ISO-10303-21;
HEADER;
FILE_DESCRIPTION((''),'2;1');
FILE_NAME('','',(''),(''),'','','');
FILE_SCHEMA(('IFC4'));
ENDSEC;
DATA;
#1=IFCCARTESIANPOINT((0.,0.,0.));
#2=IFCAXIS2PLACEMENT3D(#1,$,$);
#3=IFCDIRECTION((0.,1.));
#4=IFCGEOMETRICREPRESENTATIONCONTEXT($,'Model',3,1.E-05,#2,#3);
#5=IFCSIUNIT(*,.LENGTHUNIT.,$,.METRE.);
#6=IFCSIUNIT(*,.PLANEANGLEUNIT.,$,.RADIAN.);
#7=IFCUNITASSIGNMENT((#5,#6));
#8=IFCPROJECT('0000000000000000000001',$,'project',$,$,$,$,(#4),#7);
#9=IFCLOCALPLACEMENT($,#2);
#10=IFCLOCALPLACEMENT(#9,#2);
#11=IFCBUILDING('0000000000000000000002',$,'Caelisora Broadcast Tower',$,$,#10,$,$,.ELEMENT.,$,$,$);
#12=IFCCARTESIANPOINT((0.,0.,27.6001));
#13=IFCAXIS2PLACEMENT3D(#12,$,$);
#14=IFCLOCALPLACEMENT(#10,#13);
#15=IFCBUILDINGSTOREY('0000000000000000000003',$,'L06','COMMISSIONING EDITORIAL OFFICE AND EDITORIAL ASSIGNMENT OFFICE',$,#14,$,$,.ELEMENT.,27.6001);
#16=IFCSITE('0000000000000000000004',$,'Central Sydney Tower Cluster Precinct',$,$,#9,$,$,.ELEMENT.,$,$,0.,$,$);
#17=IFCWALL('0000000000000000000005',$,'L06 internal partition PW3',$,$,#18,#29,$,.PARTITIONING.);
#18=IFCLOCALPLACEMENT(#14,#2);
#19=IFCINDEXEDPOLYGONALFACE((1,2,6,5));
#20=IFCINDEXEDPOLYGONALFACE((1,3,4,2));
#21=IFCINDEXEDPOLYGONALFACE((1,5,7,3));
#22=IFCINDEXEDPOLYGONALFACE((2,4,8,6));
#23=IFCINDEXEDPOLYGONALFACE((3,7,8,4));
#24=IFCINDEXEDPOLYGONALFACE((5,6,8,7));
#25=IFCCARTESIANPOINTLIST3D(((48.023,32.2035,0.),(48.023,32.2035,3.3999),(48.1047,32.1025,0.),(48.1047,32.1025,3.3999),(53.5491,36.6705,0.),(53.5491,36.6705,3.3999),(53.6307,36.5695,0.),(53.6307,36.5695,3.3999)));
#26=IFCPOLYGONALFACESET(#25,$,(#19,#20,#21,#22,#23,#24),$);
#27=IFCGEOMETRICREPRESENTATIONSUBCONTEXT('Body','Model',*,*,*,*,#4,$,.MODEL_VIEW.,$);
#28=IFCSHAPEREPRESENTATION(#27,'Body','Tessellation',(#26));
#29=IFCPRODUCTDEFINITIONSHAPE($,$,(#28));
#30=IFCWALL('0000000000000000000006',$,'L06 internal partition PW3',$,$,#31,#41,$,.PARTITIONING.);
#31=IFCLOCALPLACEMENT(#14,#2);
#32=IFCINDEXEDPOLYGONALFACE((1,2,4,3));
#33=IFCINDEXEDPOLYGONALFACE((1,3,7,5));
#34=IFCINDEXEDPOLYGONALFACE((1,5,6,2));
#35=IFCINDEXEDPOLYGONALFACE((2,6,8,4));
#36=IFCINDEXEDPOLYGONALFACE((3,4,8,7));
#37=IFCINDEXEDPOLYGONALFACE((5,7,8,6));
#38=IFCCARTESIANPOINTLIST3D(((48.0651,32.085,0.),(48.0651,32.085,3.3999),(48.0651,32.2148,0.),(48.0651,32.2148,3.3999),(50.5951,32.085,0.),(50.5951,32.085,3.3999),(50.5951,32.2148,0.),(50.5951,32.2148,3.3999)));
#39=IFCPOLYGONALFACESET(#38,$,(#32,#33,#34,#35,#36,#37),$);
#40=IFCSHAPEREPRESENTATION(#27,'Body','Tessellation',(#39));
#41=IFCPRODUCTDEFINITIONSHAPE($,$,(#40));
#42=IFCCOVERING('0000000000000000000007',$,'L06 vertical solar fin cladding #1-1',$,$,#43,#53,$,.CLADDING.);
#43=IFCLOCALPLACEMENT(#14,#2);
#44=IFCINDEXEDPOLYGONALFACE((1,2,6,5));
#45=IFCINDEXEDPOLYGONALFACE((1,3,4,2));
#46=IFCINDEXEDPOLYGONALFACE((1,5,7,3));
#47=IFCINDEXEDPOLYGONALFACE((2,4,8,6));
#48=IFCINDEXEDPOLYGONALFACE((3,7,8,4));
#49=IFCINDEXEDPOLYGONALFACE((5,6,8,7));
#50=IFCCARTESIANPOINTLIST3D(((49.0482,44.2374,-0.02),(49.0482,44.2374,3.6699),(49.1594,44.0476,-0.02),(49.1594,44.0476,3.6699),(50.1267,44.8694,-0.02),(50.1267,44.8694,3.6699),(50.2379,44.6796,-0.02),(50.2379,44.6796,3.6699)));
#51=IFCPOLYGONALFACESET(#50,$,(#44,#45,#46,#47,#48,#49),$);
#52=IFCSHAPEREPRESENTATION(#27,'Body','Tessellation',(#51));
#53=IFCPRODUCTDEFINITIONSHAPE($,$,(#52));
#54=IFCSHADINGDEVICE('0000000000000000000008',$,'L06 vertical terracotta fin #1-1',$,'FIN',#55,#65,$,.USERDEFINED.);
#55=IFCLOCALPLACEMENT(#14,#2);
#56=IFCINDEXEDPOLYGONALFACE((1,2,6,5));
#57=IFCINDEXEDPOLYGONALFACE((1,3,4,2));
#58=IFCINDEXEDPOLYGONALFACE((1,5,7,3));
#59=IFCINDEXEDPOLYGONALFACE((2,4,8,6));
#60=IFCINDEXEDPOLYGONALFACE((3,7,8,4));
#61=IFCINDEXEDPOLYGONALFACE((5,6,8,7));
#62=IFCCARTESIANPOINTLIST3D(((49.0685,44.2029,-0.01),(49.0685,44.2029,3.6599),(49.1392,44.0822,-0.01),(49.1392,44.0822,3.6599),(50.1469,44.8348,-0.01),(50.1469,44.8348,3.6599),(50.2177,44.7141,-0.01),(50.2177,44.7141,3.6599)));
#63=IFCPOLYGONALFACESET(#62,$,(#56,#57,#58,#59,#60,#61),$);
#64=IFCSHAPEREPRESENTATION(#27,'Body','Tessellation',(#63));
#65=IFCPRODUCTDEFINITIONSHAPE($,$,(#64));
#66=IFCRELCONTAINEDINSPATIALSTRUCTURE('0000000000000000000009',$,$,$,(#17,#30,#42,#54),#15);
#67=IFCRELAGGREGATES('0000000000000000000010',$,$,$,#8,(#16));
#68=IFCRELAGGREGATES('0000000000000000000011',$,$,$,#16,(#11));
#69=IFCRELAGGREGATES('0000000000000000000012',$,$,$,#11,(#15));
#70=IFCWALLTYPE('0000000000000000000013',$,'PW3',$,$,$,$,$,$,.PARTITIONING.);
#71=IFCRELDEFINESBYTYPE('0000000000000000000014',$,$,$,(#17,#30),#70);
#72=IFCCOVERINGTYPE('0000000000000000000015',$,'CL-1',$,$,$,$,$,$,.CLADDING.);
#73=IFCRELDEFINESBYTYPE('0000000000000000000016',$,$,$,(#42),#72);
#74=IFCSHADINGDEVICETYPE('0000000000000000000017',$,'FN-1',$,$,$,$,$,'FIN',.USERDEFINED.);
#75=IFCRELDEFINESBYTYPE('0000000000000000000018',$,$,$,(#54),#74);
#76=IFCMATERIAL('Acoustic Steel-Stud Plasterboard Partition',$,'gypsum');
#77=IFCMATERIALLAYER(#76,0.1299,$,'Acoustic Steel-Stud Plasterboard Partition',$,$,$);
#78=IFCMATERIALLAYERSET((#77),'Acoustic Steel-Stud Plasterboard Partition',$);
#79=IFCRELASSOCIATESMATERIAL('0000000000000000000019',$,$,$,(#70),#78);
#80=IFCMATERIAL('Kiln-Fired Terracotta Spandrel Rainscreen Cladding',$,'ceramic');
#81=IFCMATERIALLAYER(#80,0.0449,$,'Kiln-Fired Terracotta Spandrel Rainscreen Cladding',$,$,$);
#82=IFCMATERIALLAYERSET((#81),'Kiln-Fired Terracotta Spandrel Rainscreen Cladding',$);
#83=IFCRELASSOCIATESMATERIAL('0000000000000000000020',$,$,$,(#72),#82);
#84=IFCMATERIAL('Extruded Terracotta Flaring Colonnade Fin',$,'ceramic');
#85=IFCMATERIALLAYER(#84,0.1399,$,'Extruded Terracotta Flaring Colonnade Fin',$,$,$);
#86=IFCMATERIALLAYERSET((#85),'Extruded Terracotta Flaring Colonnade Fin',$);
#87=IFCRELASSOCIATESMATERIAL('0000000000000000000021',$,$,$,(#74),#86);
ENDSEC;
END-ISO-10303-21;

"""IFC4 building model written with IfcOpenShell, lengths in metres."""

from ifc_helpers import new_model, si_unit, direction, frame, frame_2d, origin, origin_2d, place, context, subcontext, project, spatial, rectangle, extrude, source, transform, mapped, material, layer, layer_set, type_object, type_shapes, element, save


model = new_model("IFC4")

# Units and contexts
model_context = context("Model", 3, precision=1e-05, world=origin(), true_north=direction((0.0, 1.0)))
body_context = subcontext(model_context, "Body", "Model", "MODEL_VIEW")
ifc_project = project(units=[si_unit("LENGTHUNIT", "METRE"), si_unit("PLANEANGLEUNIT", "RADIAN")], contexts=[model_context])

# Site, building, storey
site_placement = place(None, origin())
site = spatial("IfcSite", under=ifc_project, at=site_placement, Name="Central Sydney Tower Cluster Precinct", CompositionType="ELEMENT", RefElevation=0.0)
building_placement = place(site_placement, origin())
building = spatial("IfcBuilding", under=site, at=building_placement, Name="Caelisora Broadcast Tower", CompositionType="ELEMENT")
storey_placement = place(building_placement, frame((0.0, 0.0, 27.6001)))
storey = spatial("IfcBuildingStorey", under=building, at=storey_placement, Name="L06", Description="COMMISSIONING EDITORIAL OFFICE AND EDITORIAL ASSIGNMENT OFFICE", CompositionType="ELEMENT", Elevation=27.6001)

# Walls
ifc_material_1 = material(Name="Acoustic Steel-Stud Plasterboard Partition", Category="gypsum")
ifc_layer_1 = layer(ifc_material_1, 0.1299, Name="Acoustic Steel-Stud Plasterboard Partition")
ifc_layer_set_1 = layer_set([ifc_layer_1], Name="Acoustic Steel-Stud Plasterboard Partition")
wall_type = type_object("IfcWallType", Name="PW3", PredefinedType="PARTITIONING", material=ifc_layer_set_1)
wall_1_placement = place(storey_placement, frame((48.064, 32.1531, 0.0), z_axis=(0.0, 0.0, 1.0), x_axis=(0.777691, 0.628647, 0.0)))
element("IfcWall", 1, at=wall_1_placement, inside=storey, type_object=wall_type, Name="L06 internal partition PW3", PredefinedType="PARTITIONING", context=body_context, shape_type="SweptSolid", body=[
    extrude(rectangle(XDim=7.1057, YDim=0.1299, at=frame_2d((3.5527, 0.0))), origin(), (0.0, 0.0, 1.0), 3.3999),
])
wall_2_placement = place(storey_placement, frame((48.0649, 32.1499, 0.0), z_axis=(0.0, 0.0, 1.0), x_axis=(1.0, 0.0, 0.0)))
element("IfcWall", 2, at=wall_2_placement, inside=storey, type_object=wall_type, Name="L06 internal partition PW3", PredefinedType="PARTITIONING", context=body_context, shape_type="SweptSolid", body=[
    extrude(rectangle(XDim=2.53, YDim=0.1299, at=frame_2d((1.2651, 0.0))), origin(), (0.0, 0.0, 1.0), 3.3999),
])

# Covering
ifc_material_2 = material(Name="Kiln-Fired Terracotta Spandrel Rainscreen Cladding", Category="ceramic")
ifc_layer_2 = layer(ifc_material_2, 0.0449, Name="Kiln-Fired Terracotta Spandrel Rainscreen Cladding")
ifc_layer_set_2 = layer_set([ifc_layer_2], Name="Kiln-Fired Terracotta Spandrel Rainscreen Cladding")
covering_type = type_object("IfcCoveringType", Name="CL-1", PredefinedType="CLADDING", material=ifc_layer_set_2)
shared_shape_1 = source(origin(), body_context, "Body", "SweptSolid", [
    extrude(rectangle(XDim=0.22, YDim=1.25, at=origin_2d()), origin(), (0.0, 0.0, 1.0), 3.6899),
])
type_shapes(covering_type, [shared_shape_1])
covering_placement = place(storey_placement, frame((49.6431, 44.4585, -0.02), z_axis=(0.0, 0.0, 1.0), x_axis=(0.505582, -0.862779, 0.0)))
element("IfcCovering", 3, at=covering_placement, inside=storey, type_object=covering_type, Name="L06 vertical solar fin cladding #1-1", PredefinedType="CLADDING", context=body_context, shape_type="MappedRepresentation", body=[
    mapped(shared_shape_1, transform((0.0, 0.0, 0.0), scale=1.0)),
])

# Shading device
ifc_material_3 = material(Name="Extruded Terracotta Flaring Colonnade Fin", Category="ceramic")
ifc_layer_3 = layer(ifc_material_3, 0.1399, Name="Extruded Terracotta Flaring Colonnade Fin")
ifc_layer_set_3 = layer_set([ifc_layer_3], Name="Extruded Terracotta Flaring Colonnade Fin")
shading_device_type = type_object("IfcShadingDeviceType", Name="FN-1", ElementType="FIN", PredefinedType="USERDEFINED", material=ifc_layer_set_3)
shared_shape_2 = source(origin(), body_context, "Body", "SweptSolid", [
    extrude(rectangle(XDim=0.1399, YDim=1.25, at=origin_2d()), origin(), (0.0, 0.0, 1.0), 3.6699),
])
type_shapes(shading_device_type, [shared_shape_2])
shading_device_placement = place(storey_placement, frame((49.6431, 44.4585, -0.01), z_axis=(0.0, 0.0, 1.0), x_axis=(0.505582, -0.862779, 0.0)))
element("IfcShadingDevice", 4, at=shading_device_placement, inside=storey, type_object=shading_device_type, Name="L06 vertical terracotta fin #1-1", ObjectType="FIN", PredefinedType="USERDEFINED", context=body_context, shape_type="MappedRepresentation", body=[
    mapped(shared_shape_2, transform((0.0, 0.0, 0.0), scale=1.0)),
])

save(model, "model.ifc")
